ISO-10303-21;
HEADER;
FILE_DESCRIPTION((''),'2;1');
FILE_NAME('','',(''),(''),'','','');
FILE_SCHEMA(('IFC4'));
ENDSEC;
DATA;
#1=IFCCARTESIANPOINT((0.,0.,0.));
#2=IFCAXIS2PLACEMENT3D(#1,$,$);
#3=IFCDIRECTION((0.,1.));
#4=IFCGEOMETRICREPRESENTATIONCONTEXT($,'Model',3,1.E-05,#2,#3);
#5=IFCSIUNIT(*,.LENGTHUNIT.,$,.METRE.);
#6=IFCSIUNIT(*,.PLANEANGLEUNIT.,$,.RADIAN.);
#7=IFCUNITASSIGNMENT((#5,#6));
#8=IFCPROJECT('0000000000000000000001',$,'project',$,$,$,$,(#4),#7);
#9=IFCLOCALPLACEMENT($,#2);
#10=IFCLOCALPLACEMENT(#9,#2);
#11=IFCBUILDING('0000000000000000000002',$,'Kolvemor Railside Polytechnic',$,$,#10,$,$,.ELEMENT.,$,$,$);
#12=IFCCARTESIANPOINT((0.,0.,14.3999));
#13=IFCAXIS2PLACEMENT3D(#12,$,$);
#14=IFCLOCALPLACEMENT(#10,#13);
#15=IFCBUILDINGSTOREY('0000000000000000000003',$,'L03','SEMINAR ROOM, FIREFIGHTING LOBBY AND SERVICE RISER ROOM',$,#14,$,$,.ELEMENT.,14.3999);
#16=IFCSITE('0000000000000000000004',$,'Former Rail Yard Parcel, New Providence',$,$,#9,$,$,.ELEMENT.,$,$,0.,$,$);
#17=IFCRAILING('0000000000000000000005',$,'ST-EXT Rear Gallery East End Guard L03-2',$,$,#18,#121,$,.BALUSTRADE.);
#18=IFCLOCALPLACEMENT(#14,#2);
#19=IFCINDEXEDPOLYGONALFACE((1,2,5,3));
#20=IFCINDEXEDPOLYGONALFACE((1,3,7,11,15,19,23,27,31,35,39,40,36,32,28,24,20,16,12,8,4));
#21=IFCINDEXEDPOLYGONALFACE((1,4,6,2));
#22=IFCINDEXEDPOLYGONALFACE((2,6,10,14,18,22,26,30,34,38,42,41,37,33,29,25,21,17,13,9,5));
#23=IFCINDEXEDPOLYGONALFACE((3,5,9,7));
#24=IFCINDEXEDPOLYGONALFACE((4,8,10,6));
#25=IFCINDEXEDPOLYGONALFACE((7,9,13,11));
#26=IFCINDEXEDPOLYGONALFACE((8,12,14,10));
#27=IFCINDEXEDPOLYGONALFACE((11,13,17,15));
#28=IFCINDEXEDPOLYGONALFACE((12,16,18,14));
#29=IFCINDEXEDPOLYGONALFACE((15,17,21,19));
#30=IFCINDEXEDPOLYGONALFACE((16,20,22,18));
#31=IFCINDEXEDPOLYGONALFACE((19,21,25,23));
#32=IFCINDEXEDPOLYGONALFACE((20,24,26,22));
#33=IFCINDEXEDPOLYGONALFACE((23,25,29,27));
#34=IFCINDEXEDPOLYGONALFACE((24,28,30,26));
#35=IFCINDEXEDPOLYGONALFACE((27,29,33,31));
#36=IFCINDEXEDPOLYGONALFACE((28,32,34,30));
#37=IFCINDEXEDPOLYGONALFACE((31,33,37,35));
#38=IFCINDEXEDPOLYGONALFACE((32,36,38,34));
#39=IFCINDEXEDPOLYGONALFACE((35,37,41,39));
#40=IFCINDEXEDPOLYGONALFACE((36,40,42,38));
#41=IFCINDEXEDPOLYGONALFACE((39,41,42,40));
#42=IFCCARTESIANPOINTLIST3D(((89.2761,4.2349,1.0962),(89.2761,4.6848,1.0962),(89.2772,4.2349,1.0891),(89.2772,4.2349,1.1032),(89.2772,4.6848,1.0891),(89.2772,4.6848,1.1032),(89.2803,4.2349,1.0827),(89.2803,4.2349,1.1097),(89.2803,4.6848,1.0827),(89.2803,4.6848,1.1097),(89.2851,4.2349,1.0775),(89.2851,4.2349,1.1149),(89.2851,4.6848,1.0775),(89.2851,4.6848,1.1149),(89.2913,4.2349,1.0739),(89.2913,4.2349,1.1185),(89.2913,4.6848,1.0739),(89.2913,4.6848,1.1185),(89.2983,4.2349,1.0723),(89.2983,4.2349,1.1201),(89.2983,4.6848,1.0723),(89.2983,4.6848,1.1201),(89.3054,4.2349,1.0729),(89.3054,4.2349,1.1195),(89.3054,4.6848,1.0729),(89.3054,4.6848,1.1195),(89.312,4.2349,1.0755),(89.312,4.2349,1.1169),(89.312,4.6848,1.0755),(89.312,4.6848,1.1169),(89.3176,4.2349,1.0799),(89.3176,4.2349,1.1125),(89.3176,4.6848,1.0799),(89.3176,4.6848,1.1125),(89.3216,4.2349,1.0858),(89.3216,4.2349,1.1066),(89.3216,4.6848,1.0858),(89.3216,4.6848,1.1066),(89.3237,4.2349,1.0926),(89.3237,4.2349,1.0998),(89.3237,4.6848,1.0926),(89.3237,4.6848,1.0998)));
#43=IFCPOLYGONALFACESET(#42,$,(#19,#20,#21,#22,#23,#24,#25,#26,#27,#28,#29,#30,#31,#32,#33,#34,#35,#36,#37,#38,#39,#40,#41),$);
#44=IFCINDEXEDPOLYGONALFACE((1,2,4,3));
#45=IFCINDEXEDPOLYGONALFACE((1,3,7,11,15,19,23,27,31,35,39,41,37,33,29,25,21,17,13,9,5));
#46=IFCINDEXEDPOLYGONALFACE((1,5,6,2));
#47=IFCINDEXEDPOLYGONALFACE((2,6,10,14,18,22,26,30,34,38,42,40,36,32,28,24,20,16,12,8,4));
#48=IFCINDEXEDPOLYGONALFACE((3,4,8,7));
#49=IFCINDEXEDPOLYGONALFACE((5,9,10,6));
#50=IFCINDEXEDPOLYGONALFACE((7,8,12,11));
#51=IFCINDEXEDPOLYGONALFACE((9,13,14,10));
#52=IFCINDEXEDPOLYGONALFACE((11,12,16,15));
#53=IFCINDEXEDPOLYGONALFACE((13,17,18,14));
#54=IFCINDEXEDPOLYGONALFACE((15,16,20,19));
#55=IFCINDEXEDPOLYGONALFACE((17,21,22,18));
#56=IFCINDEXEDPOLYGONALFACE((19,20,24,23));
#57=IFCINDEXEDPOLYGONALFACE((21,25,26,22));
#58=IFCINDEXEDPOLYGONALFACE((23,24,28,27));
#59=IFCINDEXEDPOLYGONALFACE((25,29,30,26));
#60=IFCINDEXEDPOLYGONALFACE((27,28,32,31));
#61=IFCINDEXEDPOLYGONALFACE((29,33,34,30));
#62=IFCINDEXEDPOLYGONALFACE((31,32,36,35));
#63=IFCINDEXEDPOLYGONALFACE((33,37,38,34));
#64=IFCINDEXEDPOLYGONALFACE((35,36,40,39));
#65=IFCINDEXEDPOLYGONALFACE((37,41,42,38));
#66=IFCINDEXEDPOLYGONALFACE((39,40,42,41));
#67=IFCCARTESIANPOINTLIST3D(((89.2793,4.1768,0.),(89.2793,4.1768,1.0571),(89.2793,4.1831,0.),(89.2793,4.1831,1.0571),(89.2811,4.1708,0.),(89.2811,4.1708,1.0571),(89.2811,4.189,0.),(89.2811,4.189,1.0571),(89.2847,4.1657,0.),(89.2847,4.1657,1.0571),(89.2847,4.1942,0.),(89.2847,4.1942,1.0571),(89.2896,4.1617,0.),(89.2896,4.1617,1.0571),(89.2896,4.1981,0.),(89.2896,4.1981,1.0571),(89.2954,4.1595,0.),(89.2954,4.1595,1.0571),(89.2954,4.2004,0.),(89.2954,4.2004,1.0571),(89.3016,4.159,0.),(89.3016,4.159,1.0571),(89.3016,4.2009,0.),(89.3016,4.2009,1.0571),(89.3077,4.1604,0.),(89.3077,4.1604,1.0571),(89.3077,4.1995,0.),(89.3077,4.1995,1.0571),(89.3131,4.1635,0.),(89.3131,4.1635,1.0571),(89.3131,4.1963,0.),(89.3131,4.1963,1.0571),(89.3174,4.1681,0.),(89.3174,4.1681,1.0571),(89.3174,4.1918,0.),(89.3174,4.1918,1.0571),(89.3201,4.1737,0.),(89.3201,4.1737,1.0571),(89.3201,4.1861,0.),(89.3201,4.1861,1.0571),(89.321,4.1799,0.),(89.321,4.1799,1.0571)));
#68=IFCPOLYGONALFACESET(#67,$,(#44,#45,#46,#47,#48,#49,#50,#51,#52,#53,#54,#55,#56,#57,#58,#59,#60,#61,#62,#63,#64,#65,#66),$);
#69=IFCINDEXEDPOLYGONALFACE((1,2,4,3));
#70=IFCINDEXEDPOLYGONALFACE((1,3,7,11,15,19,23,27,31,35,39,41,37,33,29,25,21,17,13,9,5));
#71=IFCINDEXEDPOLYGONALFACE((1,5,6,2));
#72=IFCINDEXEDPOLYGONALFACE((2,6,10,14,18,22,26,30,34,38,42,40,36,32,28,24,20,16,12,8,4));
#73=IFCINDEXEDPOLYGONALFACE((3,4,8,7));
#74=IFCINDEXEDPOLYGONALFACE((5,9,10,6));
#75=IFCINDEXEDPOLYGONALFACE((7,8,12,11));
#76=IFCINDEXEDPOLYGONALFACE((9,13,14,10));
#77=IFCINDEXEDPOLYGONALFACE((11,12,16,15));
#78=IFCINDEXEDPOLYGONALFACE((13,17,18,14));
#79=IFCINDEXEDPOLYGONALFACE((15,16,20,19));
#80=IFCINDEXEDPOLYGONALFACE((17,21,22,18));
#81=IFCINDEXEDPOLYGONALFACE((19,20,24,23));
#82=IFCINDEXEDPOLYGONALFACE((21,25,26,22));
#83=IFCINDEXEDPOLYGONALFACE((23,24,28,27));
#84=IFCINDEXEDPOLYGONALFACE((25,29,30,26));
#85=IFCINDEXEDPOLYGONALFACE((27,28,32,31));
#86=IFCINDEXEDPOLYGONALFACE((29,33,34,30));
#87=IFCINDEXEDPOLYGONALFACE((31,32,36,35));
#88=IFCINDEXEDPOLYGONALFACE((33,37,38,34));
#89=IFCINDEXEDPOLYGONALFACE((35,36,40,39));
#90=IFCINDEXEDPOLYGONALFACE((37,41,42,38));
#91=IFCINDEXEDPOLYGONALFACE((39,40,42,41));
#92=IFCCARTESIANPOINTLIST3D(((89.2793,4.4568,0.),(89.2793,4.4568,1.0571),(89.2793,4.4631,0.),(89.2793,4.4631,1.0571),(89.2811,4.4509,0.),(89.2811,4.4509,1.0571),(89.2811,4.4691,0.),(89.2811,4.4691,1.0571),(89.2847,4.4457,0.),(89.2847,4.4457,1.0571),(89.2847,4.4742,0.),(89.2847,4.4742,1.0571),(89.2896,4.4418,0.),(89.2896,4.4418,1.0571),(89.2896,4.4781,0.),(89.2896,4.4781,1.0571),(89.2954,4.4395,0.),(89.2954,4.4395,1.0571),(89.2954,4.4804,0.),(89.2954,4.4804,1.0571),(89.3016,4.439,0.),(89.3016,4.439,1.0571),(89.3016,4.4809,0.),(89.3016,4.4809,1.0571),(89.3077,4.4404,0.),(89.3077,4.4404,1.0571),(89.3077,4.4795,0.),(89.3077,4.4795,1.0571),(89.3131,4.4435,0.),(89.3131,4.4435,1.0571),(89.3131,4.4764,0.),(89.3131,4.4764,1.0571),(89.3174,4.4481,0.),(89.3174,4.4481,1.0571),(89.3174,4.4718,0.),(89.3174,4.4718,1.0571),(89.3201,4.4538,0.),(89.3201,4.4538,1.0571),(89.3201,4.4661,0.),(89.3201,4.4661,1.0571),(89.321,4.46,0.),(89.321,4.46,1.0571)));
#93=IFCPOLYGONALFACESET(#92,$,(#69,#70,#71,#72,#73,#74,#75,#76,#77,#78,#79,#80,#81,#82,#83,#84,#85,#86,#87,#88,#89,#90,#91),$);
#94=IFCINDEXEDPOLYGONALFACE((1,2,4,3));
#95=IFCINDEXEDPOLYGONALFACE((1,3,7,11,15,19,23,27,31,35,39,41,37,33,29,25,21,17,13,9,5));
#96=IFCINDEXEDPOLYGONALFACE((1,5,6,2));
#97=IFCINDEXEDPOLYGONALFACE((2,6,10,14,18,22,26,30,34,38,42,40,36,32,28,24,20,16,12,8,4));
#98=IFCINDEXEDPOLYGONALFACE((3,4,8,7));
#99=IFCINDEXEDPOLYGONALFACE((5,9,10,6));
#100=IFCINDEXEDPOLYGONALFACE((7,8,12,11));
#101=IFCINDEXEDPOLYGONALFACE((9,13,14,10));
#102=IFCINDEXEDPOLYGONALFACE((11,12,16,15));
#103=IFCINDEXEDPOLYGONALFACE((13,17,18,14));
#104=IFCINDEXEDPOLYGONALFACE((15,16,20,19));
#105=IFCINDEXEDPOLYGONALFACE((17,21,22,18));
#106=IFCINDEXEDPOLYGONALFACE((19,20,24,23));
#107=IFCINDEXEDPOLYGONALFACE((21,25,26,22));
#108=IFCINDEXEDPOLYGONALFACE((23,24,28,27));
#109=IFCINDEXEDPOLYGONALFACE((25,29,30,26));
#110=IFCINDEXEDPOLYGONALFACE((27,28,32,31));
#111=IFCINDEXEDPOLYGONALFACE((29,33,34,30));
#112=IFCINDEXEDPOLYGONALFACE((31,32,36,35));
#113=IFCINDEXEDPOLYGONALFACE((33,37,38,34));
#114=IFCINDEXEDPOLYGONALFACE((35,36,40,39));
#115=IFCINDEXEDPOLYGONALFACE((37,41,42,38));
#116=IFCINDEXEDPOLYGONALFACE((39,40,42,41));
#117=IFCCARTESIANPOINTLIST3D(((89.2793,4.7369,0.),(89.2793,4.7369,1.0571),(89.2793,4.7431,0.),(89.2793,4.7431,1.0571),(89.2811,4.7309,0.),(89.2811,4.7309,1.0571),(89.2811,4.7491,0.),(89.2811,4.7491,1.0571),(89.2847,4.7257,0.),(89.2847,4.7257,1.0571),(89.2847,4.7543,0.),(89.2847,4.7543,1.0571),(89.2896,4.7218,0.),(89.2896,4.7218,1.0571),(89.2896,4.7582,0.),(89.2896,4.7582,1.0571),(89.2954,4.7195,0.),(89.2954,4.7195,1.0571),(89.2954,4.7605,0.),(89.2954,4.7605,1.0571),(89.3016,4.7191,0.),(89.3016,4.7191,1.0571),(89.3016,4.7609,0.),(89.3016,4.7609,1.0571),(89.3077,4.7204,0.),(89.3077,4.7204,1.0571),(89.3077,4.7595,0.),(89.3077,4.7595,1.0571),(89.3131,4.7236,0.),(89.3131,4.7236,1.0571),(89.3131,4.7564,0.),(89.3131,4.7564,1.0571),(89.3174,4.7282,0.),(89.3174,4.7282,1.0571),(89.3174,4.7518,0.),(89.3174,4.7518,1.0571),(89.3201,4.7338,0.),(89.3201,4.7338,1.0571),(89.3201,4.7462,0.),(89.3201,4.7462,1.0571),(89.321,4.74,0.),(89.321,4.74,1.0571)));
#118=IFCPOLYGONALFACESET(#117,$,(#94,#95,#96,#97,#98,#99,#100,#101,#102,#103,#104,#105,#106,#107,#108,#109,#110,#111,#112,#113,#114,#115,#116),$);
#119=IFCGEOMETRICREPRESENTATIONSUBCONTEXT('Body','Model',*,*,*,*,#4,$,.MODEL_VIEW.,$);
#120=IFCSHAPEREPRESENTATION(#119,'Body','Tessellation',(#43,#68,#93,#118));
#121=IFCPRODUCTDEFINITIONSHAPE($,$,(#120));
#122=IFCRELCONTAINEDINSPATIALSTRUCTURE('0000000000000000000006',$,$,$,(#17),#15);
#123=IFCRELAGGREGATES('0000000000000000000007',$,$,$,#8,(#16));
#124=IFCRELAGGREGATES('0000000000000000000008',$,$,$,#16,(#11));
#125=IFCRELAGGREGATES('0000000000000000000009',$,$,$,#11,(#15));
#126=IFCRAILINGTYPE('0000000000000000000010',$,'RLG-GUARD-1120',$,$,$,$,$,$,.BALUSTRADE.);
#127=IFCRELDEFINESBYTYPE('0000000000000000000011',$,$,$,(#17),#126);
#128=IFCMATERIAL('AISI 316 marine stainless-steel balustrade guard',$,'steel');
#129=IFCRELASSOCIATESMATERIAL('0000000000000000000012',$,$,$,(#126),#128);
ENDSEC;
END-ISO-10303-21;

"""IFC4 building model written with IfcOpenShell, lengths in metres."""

from ifc_helpers import new_model, si_unit, direction, frame, origin, origin_2d, place, context, subcontext, project, spatial, circle, extrude, material, type_object, element, save


model = new_model("IFC4")

# Units and contexts
model_context = context("Model", 3, precision=1e-05, world=origin(), true_north=direction((0.0, 1.0)))
body_context = subcontext(model_context, "Body", "Model", "MODEL_VIEW")
ifc_project = project(units=[si_unit("LENGTHUNIT", "METRE"), si_unit("PLANEANGLEUNIT", "RADIAN")], contexts=[model_context])

# Site, building, storey
site_placement = place(None, origin())
site = spatial("IfcSite", under=ifc_project, at=site_placement, Name="Former Rail Yard Parcel, New Providence", CompositionType="ELEMENT", RefElevation=0.0)
building_placement = place(site_placement, origin())
building = spatial("IfcBuilding", under=site, at=building_placement, Name="Kolvemor Railside Polytechnic", CompositionType="ELEMENT")
storey_placement = place(building_placement, frame((0.0, 0.0, 14.3999)))
storey = spatial("IfcBuildingStorey", under=building, at=storey_placement, Name="L03", Description="SEMINAR ROOM, FIREFIGHTING LOBBY AND SERVICE RISER ROOM", CompositionType="ELEMENT", Elevation=14.3999)

# Railing
ifc_material_1 = material(Name="AISI 316 marine stainless-steel balustrade guard", Category="steel")
railing_type = type_object("IfcRailingType", Name="RLG-GUARD-1120", PredefinedType="BALUSTRADE", material=ifc_material_1)
railing_1_placement = place(storey_placement, frame((89.3, 4.1799, 0.0)))
element("IfcRailing", 1, at=railing_1_placement, inside=storey, type_object=railing_type, Name="ST-EXT Rear Gallery East End Guard L03-2", PredefinedType="BALUSTRADE", context=body_context, shape_type="SweptSolid", body=[
    extrude(circle(Radius=0.0239, at=origin_2d()), frame((0.0, 0.0549, 1.0962), z_axis=(0.0, 1.0, 0.0), x_axis=(-1.0, 0.0, 0.0)), (0.0, 0.0, 1.0), 0.45),
    extrude(circle(Radius=0.021, at=origin_2d()), origin(), (0.0, 0.0, 1.0), 1.0571),
    extrude(circle(Radius=0.021, at=origin_2d()), frame((0.0, 0.28, 0.0)), (0.0, 0.0, 1.0), 1.0571),
    extrude(circle(Radius=0.021, at=origin_2d()), frame((0.0, 0.5601, 0.0)), (0.0, 0.0, 1.0), 1.0571),
])

save(model, "model.ifc")
